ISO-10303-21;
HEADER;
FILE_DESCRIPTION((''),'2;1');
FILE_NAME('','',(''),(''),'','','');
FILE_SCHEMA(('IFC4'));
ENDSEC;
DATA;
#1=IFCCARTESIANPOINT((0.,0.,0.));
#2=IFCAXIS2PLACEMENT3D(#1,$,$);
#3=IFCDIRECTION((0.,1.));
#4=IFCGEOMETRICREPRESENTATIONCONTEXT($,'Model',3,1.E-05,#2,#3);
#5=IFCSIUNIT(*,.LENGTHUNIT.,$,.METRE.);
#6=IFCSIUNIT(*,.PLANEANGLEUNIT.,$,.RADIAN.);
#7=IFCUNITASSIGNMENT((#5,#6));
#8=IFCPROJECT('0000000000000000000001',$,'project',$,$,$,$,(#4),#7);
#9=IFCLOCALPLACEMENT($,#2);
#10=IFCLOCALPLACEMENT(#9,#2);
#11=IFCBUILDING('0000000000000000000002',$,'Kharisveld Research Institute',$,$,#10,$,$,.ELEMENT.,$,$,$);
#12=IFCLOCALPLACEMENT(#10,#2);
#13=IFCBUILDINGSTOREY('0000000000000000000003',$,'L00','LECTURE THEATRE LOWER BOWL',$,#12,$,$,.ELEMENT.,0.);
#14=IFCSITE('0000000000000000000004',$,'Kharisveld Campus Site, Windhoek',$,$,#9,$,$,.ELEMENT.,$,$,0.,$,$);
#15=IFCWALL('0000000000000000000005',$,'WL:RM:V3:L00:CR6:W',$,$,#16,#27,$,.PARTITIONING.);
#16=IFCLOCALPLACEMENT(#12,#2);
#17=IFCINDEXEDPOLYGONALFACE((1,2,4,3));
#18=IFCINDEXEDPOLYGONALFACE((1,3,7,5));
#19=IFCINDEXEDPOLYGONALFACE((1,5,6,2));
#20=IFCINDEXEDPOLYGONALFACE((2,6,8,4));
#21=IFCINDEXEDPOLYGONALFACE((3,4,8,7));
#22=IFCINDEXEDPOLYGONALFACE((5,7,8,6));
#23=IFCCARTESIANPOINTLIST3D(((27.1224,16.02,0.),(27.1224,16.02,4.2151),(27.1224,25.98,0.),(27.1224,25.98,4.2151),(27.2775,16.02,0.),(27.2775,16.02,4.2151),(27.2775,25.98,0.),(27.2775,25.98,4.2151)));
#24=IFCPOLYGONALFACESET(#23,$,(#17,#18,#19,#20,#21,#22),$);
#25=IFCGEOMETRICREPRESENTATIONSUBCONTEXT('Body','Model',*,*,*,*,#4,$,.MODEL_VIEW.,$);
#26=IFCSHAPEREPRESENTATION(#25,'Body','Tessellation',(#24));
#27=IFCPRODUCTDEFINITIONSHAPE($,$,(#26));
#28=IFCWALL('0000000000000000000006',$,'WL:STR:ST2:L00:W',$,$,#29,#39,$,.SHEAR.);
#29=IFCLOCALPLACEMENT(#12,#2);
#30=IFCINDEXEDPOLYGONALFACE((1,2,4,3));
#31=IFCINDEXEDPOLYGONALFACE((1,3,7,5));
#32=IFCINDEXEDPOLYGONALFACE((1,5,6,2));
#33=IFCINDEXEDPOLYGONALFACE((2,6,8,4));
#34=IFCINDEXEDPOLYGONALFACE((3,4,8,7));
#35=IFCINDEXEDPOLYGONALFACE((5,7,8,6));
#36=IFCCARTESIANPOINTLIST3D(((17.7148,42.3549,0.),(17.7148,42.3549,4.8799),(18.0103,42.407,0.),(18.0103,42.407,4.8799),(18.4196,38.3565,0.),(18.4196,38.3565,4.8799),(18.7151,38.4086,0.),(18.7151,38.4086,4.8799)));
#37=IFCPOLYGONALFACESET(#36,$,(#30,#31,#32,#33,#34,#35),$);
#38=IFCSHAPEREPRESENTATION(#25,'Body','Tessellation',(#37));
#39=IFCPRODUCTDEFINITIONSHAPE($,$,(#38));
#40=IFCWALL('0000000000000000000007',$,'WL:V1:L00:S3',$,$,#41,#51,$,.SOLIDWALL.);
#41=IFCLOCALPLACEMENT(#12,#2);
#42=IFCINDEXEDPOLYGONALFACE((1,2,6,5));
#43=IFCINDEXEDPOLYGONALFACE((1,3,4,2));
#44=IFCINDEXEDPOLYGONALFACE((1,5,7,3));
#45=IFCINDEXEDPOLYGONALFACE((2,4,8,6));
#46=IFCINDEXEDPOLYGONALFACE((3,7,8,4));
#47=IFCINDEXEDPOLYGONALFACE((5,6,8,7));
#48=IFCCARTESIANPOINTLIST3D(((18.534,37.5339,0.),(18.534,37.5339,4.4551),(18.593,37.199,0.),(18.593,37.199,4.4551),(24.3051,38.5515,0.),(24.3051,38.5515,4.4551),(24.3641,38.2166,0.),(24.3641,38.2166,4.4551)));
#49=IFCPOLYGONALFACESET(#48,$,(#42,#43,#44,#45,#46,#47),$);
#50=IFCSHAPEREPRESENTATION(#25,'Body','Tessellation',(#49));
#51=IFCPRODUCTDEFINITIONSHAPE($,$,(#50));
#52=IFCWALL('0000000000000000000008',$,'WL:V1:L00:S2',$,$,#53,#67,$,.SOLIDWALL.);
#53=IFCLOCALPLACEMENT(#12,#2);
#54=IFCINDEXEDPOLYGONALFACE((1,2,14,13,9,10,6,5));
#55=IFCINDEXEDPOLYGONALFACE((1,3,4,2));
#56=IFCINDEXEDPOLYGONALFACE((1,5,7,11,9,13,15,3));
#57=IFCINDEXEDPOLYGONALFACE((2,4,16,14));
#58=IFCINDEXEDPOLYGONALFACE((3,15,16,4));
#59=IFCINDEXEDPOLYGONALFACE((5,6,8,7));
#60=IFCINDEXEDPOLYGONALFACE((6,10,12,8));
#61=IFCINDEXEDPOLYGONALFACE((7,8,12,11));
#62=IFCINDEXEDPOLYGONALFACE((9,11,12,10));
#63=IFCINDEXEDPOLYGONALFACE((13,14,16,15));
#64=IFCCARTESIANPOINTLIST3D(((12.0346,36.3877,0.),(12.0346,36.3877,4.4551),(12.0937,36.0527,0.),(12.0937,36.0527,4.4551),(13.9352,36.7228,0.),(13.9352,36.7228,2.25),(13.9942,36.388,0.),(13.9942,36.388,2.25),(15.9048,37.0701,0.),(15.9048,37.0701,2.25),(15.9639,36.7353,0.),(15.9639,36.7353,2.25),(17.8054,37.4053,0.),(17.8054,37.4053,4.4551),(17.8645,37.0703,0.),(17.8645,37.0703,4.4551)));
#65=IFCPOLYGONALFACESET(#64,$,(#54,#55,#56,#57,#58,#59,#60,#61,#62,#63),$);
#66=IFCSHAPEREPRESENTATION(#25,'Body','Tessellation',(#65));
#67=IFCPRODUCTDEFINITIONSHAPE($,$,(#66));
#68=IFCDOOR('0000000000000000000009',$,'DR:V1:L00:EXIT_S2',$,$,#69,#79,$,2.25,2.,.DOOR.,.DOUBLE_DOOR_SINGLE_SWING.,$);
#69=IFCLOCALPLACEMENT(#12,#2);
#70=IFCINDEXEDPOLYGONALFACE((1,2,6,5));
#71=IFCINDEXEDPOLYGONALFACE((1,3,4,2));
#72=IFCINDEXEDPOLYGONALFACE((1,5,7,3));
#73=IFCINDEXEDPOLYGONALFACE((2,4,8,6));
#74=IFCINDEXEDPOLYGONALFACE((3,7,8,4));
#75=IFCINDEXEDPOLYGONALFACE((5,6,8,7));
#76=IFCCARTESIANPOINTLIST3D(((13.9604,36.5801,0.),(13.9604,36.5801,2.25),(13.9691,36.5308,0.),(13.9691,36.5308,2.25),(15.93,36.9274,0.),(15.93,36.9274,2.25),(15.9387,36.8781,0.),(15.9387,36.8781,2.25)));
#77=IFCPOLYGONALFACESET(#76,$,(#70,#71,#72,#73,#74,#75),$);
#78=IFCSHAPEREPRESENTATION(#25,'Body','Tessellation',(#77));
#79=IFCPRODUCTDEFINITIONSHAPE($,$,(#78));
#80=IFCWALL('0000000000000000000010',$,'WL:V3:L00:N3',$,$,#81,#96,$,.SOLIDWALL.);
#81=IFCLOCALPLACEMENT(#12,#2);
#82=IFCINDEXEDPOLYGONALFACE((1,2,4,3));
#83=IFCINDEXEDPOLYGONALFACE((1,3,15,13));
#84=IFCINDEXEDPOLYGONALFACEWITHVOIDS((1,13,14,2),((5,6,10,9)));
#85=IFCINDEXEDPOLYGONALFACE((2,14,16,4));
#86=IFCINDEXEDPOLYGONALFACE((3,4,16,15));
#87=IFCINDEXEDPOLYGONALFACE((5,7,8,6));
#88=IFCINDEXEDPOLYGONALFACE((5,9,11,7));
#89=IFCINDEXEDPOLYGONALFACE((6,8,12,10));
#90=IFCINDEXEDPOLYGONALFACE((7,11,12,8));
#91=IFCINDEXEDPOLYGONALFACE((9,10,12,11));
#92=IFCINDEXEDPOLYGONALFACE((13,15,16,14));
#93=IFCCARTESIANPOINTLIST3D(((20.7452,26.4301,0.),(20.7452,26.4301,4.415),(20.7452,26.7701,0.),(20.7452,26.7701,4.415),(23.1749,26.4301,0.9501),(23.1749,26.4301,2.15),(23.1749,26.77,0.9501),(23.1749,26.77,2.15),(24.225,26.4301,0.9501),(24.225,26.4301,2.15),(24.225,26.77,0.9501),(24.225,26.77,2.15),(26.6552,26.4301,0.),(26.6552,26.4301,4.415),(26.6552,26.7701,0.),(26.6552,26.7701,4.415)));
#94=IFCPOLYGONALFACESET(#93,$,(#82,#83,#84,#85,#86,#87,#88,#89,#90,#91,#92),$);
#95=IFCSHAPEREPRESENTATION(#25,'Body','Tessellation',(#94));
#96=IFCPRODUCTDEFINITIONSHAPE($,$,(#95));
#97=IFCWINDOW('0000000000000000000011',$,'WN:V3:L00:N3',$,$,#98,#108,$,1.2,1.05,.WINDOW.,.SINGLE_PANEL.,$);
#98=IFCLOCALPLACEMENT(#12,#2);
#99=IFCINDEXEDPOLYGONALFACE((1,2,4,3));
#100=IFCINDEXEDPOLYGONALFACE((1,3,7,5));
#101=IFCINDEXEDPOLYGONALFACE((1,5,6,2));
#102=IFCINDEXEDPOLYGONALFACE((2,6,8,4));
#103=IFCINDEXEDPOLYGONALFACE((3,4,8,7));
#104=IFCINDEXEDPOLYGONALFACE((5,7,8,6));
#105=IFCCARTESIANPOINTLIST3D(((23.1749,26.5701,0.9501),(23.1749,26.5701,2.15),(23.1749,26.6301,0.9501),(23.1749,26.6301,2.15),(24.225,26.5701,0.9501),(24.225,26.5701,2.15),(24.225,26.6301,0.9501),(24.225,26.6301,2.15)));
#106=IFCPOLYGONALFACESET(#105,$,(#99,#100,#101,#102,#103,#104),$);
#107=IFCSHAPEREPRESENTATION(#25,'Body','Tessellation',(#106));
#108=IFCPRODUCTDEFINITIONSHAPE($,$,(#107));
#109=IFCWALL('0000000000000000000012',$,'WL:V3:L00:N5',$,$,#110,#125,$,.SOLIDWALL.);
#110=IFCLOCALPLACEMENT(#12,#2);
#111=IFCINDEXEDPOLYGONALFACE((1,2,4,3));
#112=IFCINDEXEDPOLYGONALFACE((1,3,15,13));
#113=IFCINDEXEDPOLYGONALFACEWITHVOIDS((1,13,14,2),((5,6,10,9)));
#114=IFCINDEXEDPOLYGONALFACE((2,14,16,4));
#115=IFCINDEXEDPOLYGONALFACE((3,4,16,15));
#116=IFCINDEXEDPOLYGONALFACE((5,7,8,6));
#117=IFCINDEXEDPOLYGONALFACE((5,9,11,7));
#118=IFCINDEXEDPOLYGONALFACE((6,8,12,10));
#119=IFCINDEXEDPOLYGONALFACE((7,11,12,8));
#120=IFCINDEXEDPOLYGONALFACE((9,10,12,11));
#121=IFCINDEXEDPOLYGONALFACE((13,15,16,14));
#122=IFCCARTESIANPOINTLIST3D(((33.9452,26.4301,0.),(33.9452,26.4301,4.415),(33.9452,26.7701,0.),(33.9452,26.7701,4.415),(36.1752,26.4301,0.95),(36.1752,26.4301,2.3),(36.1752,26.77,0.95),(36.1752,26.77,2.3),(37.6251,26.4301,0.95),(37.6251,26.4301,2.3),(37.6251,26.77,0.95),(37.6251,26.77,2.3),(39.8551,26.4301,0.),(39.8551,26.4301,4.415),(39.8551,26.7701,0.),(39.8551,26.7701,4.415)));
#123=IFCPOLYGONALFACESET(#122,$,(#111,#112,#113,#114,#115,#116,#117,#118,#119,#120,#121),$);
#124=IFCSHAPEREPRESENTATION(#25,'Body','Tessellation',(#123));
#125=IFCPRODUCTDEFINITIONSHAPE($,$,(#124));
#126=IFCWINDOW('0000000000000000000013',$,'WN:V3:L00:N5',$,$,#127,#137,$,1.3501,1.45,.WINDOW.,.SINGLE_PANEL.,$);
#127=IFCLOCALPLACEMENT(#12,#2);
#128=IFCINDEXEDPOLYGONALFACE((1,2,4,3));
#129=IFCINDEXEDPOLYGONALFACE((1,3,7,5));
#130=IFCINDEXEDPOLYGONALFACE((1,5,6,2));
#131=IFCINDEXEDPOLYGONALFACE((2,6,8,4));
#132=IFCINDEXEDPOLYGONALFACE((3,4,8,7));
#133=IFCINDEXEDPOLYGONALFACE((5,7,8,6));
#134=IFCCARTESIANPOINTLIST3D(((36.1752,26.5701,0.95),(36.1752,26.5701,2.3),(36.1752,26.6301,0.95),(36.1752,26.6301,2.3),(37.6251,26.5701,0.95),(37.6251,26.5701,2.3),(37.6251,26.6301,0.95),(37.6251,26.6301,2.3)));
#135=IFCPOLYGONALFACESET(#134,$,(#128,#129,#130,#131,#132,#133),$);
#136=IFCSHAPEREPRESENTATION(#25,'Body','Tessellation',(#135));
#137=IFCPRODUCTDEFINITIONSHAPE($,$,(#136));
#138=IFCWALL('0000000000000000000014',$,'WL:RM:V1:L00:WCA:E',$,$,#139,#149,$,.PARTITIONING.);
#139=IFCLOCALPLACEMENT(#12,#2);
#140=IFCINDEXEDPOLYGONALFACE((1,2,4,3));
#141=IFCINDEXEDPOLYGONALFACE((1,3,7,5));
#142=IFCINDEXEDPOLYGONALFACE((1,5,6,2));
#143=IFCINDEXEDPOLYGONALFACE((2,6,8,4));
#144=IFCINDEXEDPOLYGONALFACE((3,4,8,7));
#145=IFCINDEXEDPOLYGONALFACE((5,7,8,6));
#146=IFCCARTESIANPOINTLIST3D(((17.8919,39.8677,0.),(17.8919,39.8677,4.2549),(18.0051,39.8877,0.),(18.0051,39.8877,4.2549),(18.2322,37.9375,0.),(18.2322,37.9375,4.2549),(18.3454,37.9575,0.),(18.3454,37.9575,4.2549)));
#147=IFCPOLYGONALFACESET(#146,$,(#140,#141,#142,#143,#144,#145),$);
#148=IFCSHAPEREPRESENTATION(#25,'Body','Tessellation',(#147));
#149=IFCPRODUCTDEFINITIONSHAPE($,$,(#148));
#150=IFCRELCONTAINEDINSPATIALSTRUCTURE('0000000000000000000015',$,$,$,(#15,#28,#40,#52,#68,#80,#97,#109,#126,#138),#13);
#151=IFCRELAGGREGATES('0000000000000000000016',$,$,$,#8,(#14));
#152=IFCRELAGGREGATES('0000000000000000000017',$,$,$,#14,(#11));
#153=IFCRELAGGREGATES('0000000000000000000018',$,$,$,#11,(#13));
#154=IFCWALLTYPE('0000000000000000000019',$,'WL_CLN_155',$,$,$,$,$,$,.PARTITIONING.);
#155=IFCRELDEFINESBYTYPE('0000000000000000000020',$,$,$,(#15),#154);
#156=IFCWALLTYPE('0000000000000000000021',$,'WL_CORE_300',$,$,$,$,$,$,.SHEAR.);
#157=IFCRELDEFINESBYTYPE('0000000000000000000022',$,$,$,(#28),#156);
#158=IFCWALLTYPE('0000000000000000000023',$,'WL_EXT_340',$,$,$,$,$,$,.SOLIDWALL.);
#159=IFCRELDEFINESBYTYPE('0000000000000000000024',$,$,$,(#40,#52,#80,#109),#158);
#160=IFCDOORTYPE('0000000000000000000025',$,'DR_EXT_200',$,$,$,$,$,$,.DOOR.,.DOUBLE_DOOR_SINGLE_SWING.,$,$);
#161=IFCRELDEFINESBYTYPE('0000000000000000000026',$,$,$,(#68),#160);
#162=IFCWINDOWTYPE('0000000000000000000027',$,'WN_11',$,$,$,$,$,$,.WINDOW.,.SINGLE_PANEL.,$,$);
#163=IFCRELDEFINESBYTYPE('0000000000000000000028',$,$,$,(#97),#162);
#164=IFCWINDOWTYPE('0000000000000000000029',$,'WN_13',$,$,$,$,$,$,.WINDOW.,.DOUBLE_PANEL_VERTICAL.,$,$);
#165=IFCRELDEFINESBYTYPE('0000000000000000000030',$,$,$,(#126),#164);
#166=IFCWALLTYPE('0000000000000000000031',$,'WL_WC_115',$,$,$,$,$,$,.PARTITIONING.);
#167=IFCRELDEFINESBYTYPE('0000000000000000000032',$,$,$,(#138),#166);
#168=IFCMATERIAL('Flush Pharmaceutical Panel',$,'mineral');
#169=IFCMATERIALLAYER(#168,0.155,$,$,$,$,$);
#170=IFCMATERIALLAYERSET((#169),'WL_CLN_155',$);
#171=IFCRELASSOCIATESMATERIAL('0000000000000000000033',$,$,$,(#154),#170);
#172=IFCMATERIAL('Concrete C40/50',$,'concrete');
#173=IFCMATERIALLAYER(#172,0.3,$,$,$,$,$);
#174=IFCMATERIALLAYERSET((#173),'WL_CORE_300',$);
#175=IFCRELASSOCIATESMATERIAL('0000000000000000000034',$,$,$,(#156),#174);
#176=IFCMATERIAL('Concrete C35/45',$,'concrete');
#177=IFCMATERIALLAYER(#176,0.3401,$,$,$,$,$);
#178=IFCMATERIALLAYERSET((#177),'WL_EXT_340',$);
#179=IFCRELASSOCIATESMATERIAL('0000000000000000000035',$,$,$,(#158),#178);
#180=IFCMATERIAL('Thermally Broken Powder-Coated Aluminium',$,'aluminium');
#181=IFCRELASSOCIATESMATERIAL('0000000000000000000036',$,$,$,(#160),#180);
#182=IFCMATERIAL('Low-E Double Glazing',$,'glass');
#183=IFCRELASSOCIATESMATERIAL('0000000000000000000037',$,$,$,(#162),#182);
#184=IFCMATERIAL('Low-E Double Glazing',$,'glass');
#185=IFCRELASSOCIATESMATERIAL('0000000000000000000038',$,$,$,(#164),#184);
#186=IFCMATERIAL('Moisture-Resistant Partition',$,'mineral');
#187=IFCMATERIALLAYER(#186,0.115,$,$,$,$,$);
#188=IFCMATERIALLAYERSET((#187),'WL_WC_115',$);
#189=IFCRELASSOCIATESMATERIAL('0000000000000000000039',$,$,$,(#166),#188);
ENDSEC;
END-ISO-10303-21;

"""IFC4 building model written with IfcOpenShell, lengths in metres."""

from ifc_helpers import new_model, si_unit, direction, frame, frame_2d, origin, place, context, subcontext, project, spatial, rectangle, extrude, material, layer, layer_set, type_object, element, fill, save


model = new_model("IFC4")

# Units and contexts
model_context = context("Model", 3, precision=1e-05, world=origin(), true_north=direction((0.0, 1.0)))
body_context = subcontext(model_context, "Body", "Model", "MODEL_VIEW")
ifc_project = project(units=[si_unit("LENGTHUNIT", "METRE"), si_unit("PLANEANGLEUNIT", "RADIAN")], contexts=[model_context])

# Site, building, storey
site_placement = place(None, origin())
site = spatial("IfcSite", under=ifc_project, at=site_placement, Name="Kharisveld Campus Site, Windhoek", CompositionType="ELEMENT", RefElevation=0.0)
building_placement = place(site_placement, origin())
building = spatial("IfcBuilding", under=site, at=building_placement, Name="Kharisveld Research Institute", CompositionType="ELEMENT")
storey_placement = place(building_placement, origin())
storey = spatial("IfcBuildingStorey", under=building, at=storey_placement, Name="L00", Description="LECTURE THEATRE LOWER BOWL", CompositionType="ELEMENT", Elevation=0.0)

# Walls
ifc_material_1 = material(Name="Flush Pharmaceutical Panel", Category="mineral")
ifc_layer_1 = layer(ifc_material_1, 0.155)
ifc_layer_set_1 = layer_set([ifc_layer_1], Name="WL_CLN_155")
wall_type_1 = type_object("IfcWallType", Name="WL_CLN_155", PredefinedType="PARTITIONING", material=ifc_layer_set_1)
for number, where, z_axis, x_axis, name in (
    (1, (27.2, 25.98, 0.0), (0.0, 0.0, 1.0), (0.0, -1.0, 0.0), "WL:RM:V3:L00:CR6:W"),
):
    element("IfcWall", number, at=place(storey_placement, frame(where, z_axis=z_axis, x_axis=x_axis)), inside=storey, type_object=wall_type_1, Name=name, PredefinedType="PARTITIONING", context=body_context, shape_type="SweptSolid", body=[
        extrude(rectangle(XDim=9.96, YDim=0.155, at=frame_2d((4.98, 0.0))), origin(), (0.0, 0.0, 1.0), 4.2151),
    ])
ifc_material_2 = material(Name="Concrete C40/50", Category="concrete")
ifc_layer_2 = layer(ifc_material_2, 0.3)
ifc_layer_set_2 = layer_set([ifc_layer_2], Name="WL_CORE_300")
wall_type_2 = type_object("IfcWallType", Name="WL_CORE_300", PredefinedType="SHEAR", material=ifc_layer_set_2)
wall_1_placement = place(storey_placement, frame((18.5674, 38.3826, 0.0), z_axis=(0.0, 0.0, 1.0), x_axis=(-0.173607, 0.984815, 0.0)))
element("IfcWall", 2, at=wall_1_placement, inside=storey, type_object=wall_type_2, Name="WL:STR:ST2:L00:W", PredefinedType="SHEAR", context=body_context, shape_type="SweptSolid", body=[
    extrude(rectangle(XDim=4.0601, YDim=0.3, at=frame_2d((2.03, 0.0))), origin(), (0.0, 0.0, 1.0), 4.8799),
])
ifc_material_3 = material(Name="Concrete C35/45", Category="concrete")
ifc_layer_3 = layer(ifc_material_3, 0.3401)
ifc_layer_set_3 = layer_set([ifc_layer_3], Name="WL_EXT_340")
wall_type_3 = type_object("IfcWallType", Name="WL_EXT_340", PredefinedType="SOLIDWALL", material=ifc_layer_set_3)
wall_2_placement = place(storey_placement, frame((24.3347, 38.384, 0.0), z_axis=(0.0, 0.0, 1.0), x_axis=(-0.984808, -0.173647, 0.0)))
element("IfcWall", 3, at=wall_2_placement, inside=storey, type_object=wall_type_3, Name="WL:V1:L00:S3", PredefinedType="SOLIDWALL", context=body_context, shape_type="SweptSolid", body=[
    extrude(rectangle(XDim=5.8601, YDim=0.3401, at=frame_2d((2.9302, 0.0))), origin(), (0.0, 0.0, 1.0), 4.4551),
])

# Wall, opening, door
wall_3_placement = place(storey_placement, frame((17.835, 37.2378, 0.0), z_axis=(0.0, 0.0, 1.0), x_axis=(-0.984807, -0.173655, 0.0)))
wall_3 = element("IfcWall", 4, at=wall_3_placement, inside=storey, type_object=wall_type_3, Name="WL:V1:L00:S2", PredefinedType="SOLIDWALL", context=body_context, shape_type="SweptSolid", body=[
    extrude(rectangle(XDim=5.8599, YDim=0.3401, at=frame_2d((2.9299, 0.0))), origin(), (0.0, 0.0, 1.0), 4.4551),
])
opening_1_placement = place(wall_3_placement, frame((1.9299, 0.0, 0.0)))
opening_1 = element("IfcOpeningElement", 5, at=opening_1_placement, cuts=wall_3, PredefinedType="OPENING", context=body_context, shape_type="SweptSolid", body=[
    extrude(rectangle(XDim=2.0, YDim=2.25, at=frame_2d((1.0, 1.125))), frame((0.0, 0.1699, 0.0), z_axis=(0.0, -1.0, 0.0), x_axis=(1.0, 0.0, 0.0)), (0.0, 0.0, 1.0), 0.3401),
])
ifc_material_4 = material(Name="Thermally Broken Powder-Coated Aluminium", Category="aluminium")
door_type_1 = type_object("IfcDoorType", Name="DR_EXT_200", OperationType="DOUBLE_DOOR_SINGLE_SWING", PredefinedType="DOOR", material=ifc_material_4)
door_1_placement = place(opening_1_placement, origin())
door_1 = element("IfcDoor", 6, at=door_1_placement, inside=storey, type_object=door_type_1, Name="DR:V1:L00:EXIT_S2", OperationType="DOUBLE_DOOR_SINGLE_SWING", OverallHeight=2.25, OverallWidth=2.0, PredefinedType="DOOR", context=body_context, shape_type="SweptSolid", body=[
    extrude(rectangle(XDim=2.0, YDim=2.25, at=frame_2d((1.0, 1.125))), frame((0.0, 0.0249, 0.0), z_axis=(0.0, -1.0, 0.0), x_axis=(1.0, 0.0, 0.0)), (0.0, 0.0, 1.0), 0.05),
])
fill(opening_1, door_1)

# Wall, opening, window
wall_4_placement = place(storey_placement, frame((20.7451, 26.6001, 0.0), z_axis=(0.0, 0.0, 1.0), x_axis=(1.0, 0.0, 0.0)))
wall_4 = element("IfcWall", 7, at=wall_4_placement, inside=storey, type_object=wall_type_3, Name="WL:V3:L00:N3", PredefinedType="SOLIDWALL", context=body_context, shape_type="SweptSolid", body=[
    extrude(rectangle(XDim=5.9099, YDim=0.3401, at=frame_2d((2.9551, 0.0))), origin(), (0.0, 0.0, 1.0), 4.415),
])
opening_2_placement = place(wall_4_placement, frame((2.4299, 0.0, 0.95)))
opening_2 = element("IfcOpeningElement", 8, at=opening_2_placement, cuts=wall_4, PredefinedType="OPENING", context=body_context, shape_type="SweptSolid", body=[
    extrude(rectangle(XDim=1.05, YDim=1.2, at=frame_2d((0.5249, 0.6001))), frame((0.0, 0.1699, 0.0), z_axis=(0.0, -1.0, 0.0), x_axis=(1.0, 0.0, 0.0)), (0.0, 0.0, 1.0), 0.3401),
])
ifc_material_5 = material(Name="Low-E Double Glazing", Category="glass")
window_type_1 = type_object("IfcWindowType", Name="WN_11", PartitioningType="SINGLE_PANEL", PredefinedType="WINDOW", material=ifc_material_5)
window_1_placement = place(opening_2_placement, origin())
window_1 = element("IfcWindow", 9, at=window_1_placement, inside=storey, type_object=window_type_1, Name="WN:V3:L00:N3", OverallHeight=1.2, OverallWidth=1.05, PartitioningType="SINGLE_PANEL", PredefinedType="WINDOW", context=body_context, shape_type="SweptSolid", body=[
    extrude(rectangle(XDim=1.05, YDim=1.2, at=frame_2d((0.5249, 0.6001))), frame((0.0, 0.03, 0.0), z_axis=(0.0, -1.0, 0.0), x_axis=(1.0, 0.0, 0.0)), (0.0, 0.0, 1.0), 0.0601),
])
fill(opening_2, window_1)

# Wall, opening, window
wall_5_placement = place(storey_placement, frame((33.9451, 26.6001, 0.0), z_axis=(0.0, 0.0, 1.0), x_axis=(1.0, 0.0, 0.0)))
wall_5 = element("IfcWall", 10, at=wall_5_placement, inside=storey, type_object=wall_type_3, Name="WL:V3:L00:N5", PredefinedType="SOLIDWALL", context=body_context, shape_type="SweptSolid", body=[
    extrude(rectangle(XDim=5.9099, YDim=0.3401, at=frame_2d((2.9551, 0.0))), origin(), (0.0, 0.0, 1.0), 4.415),
])
opening_3_placement = place(wall_5_placement, frame((2.23, 0.0, 0.95)))
opening_3 = element("IfcOpeningElement", 11, at=opening_3_placement, cuts=wall_5, PredefinedType="OPENING", context=body_context, shape_type="SweptSolid", body=[
    extrude(rectangle(XDim=1.45, YDim=1.3501, at=frame_2d((0.7251, 0.675))), frame((0.0, 0.1699, 0.0), z_axis=(0.0, -1.0, 0.0), x_axis=(1.0, 0.0, 0.0)), (0.0, 0.0, 1.0), 0.3401),
])
ifc_material_6 = material(Name="Low-E Double Glazing", Category="glass")
window_type_2 = type_object("IfcWindowType", Name="WN_13", PartitioningType="DOUBLE_PANEL_VERTICAL", PredefinedType="WINDOW", material=ifc_material_6)
window_2_placement = place(opening_3_placement, origin())
window_2 = element("IfcWindow", 12, at=window_2_placement, inside=storey, type_object=window_type_2, Name="WN:V3:L00:N5", OverallHeight=1.3501, OverallWidth=1.45, PartitioningType="SINGLE_PANEL", PredefinedType="WINDOW", context=body_context, shape_type="SweptSolid", body=[
    extrude(rectangle(XDim=1.45, YDim=1.3501, at=frame_2d((0.7251, 0.675))), frame((0.0, 0.03, 0.0), z_axis=(0.0, -1.0, 0.0), x_axis=(1.0, 0.0, 0.0)), (0.0, 0.0, 1.0), 0.0601),
])
fill(opening_3, window_2)

# Wall
ifc_material_7 = material(Name="Moisture-Resistant Partition", Category="mineral")
ifc_layer_4 = layer(ifc_material_7, 0.115)
ifc_layer_set_4 = layer_set([ifc_layer_4], Name="WL_WC_115")
wall_type_4 = type_object("IfcWallType", Name="WL_WC_115", PredefinedType="PARTITIONING", material=ifc_layer_set_4)
wall_6_placement = place(storey_placement, frame((18.2888, 37.9475, 0.0), z_axis=(0.0, 0.0, 1.0), x_axis=(-0.173643, 0.984809, 0.0)))
element("IfcWall", 13, at=wall_6_placement, inside=storey, type_object=wall_type_4, Name="WL:RM:V1:L00:WCA:E", PredefinedType="PARTITIONING", context=body_context, shape_type="SweptSolid", body=[
    extrude(rectangle(XDim=1.96, YDim=0.115, at=frame_2d((0.98, 0.0))), origin(), (0.0, 0.0, 1.0), 4.2549),
])

save(model, "model.ifc")
